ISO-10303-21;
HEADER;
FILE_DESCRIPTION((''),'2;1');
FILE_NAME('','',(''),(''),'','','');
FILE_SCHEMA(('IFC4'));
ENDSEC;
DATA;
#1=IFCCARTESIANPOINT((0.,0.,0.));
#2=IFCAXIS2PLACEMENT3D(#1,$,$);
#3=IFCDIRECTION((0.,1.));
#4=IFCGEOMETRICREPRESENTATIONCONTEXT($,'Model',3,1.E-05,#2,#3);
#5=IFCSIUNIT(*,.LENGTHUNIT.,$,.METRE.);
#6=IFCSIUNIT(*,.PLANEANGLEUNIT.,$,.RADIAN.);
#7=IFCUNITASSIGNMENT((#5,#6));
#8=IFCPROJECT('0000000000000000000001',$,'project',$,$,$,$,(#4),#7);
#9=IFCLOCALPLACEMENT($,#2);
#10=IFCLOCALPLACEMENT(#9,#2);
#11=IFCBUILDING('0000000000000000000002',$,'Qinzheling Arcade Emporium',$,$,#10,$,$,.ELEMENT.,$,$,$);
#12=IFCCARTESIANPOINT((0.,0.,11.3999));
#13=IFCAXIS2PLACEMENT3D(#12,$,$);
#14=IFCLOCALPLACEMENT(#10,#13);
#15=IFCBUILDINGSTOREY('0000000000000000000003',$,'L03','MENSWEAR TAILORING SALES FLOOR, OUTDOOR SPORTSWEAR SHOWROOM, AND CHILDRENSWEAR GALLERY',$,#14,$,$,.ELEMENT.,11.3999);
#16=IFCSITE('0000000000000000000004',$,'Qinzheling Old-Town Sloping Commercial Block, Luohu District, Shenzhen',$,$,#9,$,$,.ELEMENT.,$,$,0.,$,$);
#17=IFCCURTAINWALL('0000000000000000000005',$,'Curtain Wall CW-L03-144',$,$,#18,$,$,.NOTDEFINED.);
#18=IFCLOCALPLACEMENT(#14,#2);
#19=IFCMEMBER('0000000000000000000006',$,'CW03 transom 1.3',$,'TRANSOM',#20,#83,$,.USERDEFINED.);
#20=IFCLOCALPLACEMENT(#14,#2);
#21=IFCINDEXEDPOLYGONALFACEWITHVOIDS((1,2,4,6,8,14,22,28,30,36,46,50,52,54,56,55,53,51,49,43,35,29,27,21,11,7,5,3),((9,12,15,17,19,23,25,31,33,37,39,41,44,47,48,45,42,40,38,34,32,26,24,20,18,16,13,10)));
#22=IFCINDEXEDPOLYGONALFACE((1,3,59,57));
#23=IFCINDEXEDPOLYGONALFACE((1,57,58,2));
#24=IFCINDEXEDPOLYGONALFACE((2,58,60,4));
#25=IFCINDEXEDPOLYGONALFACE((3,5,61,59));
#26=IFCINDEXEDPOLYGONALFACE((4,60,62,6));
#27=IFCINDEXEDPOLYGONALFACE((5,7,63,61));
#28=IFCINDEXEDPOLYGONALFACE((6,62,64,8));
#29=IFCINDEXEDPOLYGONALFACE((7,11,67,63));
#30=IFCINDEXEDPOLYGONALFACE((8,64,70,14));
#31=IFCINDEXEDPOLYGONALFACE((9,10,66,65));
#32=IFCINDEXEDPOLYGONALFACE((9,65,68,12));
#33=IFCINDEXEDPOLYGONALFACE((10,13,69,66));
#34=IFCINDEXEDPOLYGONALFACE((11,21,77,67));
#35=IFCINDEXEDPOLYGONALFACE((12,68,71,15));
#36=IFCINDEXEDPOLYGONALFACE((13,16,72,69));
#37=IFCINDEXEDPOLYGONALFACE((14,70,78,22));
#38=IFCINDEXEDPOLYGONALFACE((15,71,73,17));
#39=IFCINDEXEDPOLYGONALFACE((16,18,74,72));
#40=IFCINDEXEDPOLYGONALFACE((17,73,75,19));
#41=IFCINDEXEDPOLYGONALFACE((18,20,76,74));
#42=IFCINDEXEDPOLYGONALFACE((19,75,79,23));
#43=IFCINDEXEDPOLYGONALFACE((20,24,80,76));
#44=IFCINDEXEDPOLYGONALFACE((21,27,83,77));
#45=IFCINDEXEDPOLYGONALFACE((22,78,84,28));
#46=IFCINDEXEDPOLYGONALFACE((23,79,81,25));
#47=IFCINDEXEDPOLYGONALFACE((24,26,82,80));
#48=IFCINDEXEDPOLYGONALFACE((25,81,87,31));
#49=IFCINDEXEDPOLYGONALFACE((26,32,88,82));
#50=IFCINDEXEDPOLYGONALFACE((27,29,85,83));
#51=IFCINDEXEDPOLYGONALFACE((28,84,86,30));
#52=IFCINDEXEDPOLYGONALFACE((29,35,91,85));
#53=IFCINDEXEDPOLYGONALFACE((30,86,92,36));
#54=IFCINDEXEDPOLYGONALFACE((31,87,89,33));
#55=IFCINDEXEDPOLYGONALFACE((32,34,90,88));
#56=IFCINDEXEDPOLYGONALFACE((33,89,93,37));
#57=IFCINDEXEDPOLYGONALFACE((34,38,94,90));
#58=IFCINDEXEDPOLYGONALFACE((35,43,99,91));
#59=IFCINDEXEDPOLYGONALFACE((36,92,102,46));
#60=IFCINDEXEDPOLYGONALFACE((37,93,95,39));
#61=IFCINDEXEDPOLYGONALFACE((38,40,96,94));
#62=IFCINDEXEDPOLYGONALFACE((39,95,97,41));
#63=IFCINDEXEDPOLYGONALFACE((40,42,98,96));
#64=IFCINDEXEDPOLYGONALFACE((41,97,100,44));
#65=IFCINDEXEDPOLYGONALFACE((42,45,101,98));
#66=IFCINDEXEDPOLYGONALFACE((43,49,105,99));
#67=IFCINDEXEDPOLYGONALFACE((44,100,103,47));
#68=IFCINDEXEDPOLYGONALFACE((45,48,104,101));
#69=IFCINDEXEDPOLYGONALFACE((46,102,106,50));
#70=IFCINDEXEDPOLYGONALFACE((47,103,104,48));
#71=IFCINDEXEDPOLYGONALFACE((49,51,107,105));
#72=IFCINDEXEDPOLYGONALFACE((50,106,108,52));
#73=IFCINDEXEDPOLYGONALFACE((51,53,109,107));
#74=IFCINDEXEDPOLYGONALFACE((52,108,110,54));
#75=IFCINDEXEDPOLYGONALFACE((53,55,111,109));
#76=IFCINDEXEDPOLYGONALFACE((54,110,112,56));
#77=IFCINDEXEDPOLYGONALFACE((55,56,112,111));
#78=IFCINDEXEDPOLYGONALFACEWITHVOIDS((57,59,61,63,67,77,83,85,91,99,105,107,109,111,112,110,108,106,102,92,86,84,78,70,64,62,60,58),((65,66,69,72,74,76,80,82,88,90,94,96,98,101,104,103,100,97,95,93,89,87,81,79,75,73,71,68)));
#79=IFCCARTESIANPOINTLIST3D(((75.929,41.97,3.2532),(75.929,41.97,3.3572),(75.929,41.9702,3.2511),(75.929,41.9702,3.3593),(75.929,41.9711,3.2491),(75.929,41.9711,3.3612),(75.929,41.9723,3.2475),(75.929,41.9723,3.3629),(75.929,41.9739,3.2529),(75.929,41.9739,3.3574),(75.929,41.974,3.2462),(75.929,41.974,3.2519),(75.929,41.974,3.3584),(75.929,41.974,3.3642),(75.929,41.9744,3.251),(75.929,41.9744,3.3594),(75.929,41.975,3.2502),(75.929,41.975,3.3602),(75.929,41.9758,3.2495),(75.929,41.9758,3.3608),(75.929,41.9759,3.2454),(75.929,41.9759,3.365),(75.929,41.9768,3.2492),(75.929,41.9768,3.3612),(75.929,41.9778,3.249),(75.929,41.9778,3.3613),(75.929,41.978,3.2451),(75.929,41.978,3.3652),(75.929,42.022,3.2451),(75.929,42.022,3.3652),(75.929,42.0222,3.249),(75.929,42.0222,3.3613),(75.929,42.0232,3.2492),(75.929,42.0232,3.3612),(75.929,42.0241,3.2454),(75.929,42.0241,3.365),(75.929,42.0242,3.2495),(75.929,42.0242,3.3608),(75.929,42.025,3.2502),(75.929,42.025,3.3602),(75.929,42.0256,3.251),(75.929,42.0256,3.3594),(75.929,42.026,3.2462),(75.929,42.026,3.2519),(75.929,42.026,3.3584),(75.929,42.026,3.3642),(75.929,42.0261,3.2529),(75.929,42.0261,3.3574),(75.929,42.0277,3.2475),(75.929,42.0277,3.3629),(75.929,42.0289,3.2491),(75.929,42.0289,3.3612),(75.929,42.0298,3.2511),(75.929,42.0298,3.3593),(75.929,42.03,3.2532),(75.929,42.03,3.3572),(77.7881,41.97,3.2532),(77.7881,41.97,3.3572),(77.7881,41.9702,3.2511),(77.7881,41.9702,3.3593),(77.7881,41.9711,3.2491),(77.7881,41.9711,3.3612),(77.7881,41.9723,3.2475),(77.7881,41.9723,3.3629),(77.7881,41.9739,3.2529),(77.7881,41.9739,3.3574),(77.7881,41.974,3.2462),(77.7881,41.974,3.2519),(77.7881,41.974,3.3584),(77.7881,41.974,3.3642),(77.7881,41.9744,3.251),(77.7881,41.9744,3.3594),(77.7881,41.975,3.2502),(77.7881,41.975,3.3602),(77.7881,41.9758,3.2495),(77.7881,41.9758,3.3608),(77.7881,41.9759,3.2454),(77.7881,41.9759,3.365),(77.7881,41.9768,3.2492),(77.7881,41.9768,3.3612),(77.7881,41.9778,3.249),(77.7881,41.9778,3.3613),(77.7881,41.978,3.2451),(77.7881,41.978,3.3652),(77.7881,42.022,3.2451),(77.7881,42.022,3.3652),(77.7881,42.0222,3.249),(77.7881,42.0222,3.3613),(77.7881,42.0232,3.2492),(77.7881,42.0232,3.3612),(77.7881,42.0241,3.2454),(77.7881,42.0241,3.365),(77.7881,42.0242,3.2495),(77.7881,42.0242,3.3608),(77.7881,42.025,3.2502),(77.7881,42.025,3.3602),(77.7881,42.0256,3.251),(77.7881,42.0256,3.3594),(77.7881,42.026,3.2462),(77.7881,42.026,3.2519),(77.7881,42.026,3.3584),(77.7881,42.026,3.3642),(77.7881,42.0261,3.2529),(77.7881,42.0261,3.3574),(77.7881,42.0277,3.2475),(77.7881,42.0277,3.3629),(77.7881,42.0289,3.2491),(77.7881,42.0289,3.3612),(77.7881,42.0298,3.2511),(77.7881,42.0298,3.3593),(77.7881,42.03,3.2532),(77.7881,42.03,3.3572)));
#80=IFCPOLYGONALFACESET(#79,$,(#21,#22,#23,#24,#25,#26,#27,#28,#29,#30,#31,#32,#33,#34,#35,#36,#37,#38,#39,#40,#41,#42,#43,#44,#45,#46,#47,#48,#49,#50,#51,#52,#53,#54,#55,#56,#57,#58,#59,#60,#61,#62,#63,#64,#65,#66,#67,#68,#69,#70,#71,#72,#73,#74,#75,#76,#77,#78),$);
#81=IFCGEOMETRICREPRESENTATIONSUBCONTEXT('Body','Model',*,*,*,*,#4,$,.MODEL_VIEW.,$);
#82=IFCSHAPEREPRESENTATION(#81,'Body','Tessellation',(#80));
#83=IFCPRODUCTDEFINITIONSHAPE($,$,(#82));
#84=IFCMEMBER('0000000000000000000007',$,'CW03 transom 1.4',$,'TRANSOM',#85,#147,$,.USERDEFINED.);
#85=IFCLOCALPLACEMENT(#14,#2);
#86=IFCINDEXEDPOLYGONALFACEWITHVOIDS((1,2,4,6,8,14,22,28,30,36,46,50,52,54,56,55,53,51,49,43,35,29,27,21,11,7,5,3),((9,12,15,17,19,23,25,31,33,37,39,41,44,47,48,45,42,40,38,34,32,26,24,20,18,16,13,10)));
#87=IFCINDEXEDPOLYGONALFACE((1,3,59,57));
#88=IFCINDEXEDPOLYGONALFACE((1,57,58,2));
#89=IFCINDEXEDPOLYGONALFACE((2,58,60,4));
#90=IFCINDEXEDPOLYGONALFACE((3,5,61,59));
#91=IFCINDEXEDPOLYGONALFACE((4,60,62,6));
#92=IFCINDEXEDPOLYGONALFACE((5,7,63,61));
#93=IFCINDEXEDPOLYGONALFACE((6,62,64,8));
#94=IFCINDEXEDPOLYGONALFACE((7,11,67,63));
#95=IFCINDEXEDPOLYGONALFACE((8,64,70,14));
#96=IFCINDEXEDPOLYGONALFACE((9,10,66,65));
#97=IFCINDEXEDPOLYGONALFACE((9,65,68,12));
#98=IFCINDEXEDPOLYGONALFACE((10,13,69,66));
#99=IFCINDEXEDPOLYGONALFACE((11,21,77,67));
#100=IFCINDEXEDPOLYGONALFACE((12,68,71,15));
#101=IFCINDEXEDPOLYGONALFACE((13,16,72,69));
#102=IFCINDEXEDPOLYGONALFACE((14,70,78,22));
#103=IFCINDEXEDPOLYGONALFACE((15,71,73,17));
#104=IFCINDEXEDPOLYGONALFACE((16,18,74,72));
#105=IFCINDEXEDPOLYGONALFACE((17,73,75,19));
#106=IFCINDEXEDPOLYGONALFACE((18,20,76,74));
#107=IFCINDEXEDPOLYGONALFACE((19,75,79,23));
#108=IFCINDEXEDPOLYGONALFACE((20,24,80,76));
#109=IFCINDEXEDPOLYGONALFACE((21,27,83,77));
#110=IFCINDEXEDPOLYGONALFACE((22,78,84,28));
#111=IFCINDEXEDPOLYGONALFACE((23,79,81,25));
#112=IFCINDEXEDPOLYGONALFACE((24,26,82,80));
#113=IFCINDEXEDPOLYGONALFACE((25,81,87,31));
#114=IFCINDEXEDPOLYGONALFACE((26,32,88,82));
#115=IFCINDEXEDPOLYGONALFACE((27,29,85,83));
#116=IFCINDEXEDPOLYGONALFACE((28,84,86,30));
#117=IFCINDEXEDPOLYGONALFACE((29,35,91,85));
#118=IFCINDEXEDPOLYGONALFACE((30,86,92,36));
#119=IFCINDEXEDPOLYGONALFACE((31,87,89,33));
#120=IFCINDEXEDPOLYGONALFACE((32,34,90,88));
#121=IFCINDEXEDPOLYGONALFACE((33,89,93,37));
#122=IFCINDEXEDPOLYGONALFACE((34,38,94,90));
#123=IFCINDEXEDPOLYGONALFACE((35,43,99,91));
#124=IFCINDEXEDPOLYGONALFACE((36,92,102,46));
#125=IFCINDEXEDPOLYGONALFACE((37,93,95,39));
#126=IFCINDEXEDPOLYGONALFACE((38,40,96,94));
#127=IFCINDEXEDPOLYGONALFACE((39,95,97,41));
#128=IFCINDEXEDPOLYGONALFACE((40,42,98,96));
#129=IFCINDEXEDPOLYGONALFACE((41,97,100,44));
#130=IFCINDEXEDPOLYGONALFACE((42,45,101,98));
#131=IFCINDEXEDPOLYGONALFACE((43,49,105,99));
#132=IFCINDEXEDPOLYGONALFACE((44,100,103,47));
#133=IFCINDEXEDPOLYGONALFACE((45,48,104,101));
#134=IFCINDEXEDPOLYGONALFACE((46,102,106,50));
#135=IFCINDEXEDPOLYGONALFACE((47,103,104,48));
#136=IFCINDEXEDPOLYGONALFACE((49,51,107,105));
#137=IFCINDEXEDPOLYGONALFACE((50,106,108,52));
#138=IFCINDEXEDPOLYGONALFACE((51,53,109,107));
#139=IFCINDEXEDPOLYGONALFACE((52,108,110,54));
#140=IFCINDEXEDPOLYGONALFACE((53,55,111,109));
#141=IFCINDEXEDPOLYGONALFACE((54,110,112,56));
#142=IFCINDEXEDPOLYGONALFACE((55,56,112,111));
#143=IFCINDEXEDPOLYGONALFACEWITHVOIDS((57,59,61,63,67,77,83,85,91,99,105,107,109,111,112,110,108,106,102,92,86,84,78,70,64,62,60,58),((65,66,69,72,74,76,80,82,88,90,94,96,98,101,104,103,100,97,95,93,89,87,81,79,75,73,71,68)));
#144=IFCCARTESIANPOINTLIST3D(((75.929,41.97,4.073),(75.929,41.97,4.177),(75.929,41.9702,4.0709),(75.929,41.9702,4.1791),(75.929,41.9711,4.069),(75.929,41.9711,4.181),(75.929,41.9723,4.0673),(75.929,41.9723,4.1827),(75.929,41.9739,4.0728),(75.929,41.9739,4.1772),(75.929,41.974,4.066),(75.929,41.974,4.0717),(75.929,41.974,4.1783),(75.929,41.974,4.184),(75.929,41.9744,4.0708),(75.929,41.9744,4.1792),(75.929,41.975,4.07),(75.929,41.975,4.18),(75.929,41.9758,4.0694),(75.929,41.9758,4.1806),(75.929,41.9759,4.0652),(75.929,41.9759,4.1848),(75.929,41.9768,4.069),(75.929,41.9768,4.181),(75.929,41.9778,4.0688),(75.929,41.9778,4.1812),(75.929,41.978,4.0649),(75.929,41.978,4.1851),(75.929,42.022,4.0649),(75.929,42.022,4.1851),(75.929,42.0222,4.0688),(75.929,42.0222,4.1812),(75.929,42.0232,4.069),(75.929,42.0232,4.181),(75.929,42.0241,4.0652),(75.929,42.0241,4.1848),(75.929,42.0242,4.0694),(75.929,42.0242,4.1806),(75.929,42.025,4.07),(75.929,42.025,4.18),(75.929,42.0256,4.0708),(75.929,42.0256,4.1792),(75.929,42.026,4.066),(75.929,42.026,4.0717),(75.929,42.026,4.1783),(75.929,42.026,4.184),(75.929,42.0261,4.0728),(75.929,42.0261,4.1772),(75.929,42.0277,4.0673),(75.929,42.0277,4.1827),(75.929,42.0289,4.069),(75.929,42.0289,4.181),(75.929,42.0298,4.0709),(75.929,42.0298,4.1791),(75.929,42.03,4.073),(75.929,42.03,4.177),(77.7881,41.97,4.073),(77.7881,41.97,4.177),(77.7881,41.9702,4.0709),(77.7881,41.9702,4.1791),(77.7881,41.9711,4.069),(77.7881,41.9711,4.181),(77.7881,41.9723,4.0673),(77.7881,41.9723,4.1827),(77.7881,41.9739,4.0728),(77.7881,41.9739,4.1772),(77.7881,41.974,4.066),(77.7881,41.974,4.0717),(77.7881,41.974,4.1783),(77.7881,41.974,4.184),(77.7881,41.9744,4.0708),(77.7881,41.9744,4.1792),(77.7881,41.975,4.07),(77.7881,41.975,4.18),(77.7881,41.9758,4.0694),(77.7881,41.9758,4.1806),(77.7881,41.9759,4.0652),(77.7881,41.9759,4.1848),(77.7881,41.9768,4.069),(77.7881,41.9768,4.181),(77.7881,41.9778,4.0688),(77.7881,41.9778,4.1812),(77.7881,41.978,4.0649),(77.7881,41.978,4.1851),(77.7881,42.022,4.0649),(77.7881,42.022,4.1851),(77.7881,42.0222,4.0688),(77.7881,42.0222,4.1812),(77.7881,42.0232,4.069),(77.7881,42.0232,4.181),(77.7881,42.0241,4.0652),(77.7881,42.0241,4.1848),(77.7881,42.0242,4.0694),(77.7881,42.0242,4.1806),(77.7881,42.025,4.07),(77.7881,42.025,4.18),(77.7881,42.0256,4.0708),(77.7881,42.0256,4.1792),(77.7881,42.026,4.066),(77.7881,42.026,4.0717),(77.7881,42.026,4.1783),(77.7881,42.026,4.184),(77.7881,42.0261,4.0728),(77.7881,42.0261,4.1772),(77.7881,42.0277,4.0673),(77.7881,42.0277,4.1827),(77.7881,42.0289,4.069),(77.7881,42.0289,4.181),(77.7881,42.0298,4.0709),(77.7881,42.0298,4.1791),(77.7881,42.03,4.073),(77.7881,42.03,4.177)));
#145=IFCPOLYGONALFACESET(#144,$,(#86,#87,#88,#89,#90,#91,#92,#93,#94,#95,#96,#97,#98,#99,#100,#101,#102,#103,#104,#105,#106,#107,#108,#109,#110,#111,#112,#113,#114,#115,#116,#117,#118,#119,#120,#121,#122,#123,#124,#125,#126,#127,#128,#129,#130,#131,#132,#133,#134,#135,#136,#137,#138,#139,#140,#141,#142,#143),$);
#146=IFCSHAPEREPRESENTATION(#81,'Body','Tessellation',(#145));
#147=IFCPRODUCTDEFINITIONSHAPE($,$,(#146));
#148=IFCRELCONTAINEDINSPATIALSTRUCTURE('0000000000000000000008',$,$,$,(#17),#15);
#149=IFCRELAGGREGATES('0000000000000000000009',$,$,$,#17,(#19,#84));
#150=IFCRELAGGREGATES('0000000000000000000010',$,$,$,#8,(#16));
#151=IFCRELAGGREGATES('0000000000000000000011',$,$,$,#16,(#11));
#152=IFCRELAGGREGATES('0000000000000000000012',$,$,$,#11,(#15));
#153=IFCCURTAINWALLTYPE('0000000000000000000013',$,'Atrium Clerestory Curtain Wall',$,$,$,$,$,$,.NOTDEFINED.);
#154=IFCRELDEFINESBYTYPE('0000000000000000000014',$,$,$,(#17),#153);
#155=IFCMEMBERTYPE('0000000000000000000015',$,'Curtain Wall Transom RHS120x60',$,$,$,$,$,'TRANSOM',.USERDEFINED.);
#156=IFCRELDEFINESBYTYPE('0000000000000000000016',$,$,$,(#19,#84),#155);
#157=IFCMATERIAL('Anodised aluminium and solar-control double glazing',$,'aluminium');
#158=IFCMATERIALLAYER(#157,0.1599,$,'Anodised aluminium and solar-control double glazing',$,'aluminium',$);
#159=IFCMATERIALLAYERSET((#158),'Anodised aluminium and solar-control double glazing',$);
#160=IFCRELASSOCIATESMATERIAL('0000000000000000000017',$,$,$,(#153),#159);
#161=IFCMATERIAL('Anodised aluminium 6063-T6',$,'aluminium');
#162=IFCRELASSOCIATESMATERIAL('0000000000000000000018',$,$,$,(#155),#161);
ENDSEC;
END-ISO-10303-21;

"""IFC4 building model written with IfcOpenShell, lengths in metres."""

from ifc_helpers import new_model, si_unit, direction, frame, origin, origin_2d, place, context, subcontext, project, spatial, hollow_rectangle, extrude, material, layer, layer_set, material_profile, profile_set, type_object, element, aggregate, save


model = new_model("IFC4")

# Units and contexts
model_context = context("Model", 3, precision=1e-05, world=origin(), true_north=direction((0.0, 1.0)))
body_context = subcontext(model_context, "Body", "Model", "MODEL_VIEW")
ifc_project = project(units=[si_unit("LENGTHUNIT", "METRE"), si_unit("PLANEANGLEUNIT", "RADIAN")], contexts=[model_context])

# Site, building, storey
site_placement = place(None, origin())
site = spatial("IfcSite", under=ifc_project, at=site_placement, Name="Qinzheling Old-Town Sloping Commercial Block, Luohu District, Shenzhen", CompositionType="ELEMENT", RefElevation=0.0)
building_placement = place(site_placement, origin())
building = spatial("IfcBuilding", under=site, at=building_placement, Name="Qinzheling Arcade Emporium", CompositionType="ELEMENT")
storey_placement = place(building_placement, frame((0.0, 0.0, 11.3999)))
storey = spatial("IfcBuildingStorey", under=building, at=storey_placement, Name="L03", Description="MENSWEAR TAILORING SALES FLOOR, OUTDOOR SPORTSWEAR SHOWROOM, AND CHILDRENSWEAR GALLERY", CompositionType="ELEMENT", Elevation=11.3999)

# Curtain wall, members
ifc_material_1 = material(Name="Anodised aluminium and solar-control double glazing", Category="aluminium")
ifc_layer_1 = layer(ifc_material_1, 0.1599, Name="Anodised aluminium and solar-control double glazing", Category="aluminium")
ifc_layer_set_1 = layer_set([ifc_layer_1], Name="Anodised aluminium and solar-control double glazing")
curtain_wall_type = type_object("IfcCurtainWallType", Name="Atrium Clerestory Curtain Wall", PredefinedType="NOTDEFINED", material=ifc_layer_set_1)
curtain_wall_placement = place(storey_placement, origin())
curtain_wall = element("IfcCurtainWall", 1, at=curtain_wall_placement, inside=storey, type_object=curtain_wall_type, Name="Curtain Wall CW-L03-144", PredefinedType="NOTDEFINED")
ifc_material_2 = material(Name="Anodised aluminium 6063-T6", Category="aluminium")
ifc_material_profile_1 = material_profile(ifc_material_2, hollow_rectangle(XDim=0.0601, YDim=0.1201, WallThickness=0.0039, InnerFilletRadius=0.0039, OuterFilletRadius=0.0081, at=origin_2d()), Name="RHS 120x60x4", Category="aluminium")
ifc_profile_set_1 = profile_set([ifc_material_profile_1], Name="Anodised aluminium 6063-T6")
member_type_1 = type_object("IfcMemberType", Name="Curtain Wall Transom RHS120x60", ElementType="TRANSOM", PredefinedType="USERDEFINED", material=ifc_profile_set_1)
member_1_placement = place(storey_placement, frame((77.7881, 42.0, 3.3052), z_axis=(-1.0, 0.0, 0.0), x_axis=(0.0, -1.0, 0.0)))
member_1 = element("IfcMember", 2, at=member_1_placement, type_object=member_type_1, Name="CW03 transom 1.3", ObjectType="TRANSOM", PredefinedType="USERDEFINED", context=body_context, shape_type="SweptSolid", body=[
    extrude(hollow_rectangle(XDim=0.0601, YDim=0.1201, WallThickness=0.0039, InnerFilletRadius=0.0039, OuterFilletRadius=0.0081, at=origin_2d()), origin(), (0.0, 0.0, 1.0), 1.8591),
])
member_2_placement = place(storey_placement, frame((77.7881, 42.0, 4.125), z_axis=(-1.0, 0.0, 0.0), x_axis=(0.0, -1.0, 0.0)))
member_2 = element("IfcMember", 3, at=member_2_placement, type_object=member_type_1, Name="CW03 transom 1.4", ObjectType="TRANSOM", PredefinedType="USERDEFINED", context=body_context, shape_type="SweptSolid", body=[
    extrude(hollow_rectangle(XDim=0.0601, YDim=0.1201, WallThickness=0.0039, InnerFilletRadius=0.0039, OuterFilletRadius=0.0081, at=origin_2d()), origin(), (0.0, 0.0, 1.0), 1.8591),
])

aggregate(curtain_wall, [member_1, member_2])

save(model, "model.ifc")
